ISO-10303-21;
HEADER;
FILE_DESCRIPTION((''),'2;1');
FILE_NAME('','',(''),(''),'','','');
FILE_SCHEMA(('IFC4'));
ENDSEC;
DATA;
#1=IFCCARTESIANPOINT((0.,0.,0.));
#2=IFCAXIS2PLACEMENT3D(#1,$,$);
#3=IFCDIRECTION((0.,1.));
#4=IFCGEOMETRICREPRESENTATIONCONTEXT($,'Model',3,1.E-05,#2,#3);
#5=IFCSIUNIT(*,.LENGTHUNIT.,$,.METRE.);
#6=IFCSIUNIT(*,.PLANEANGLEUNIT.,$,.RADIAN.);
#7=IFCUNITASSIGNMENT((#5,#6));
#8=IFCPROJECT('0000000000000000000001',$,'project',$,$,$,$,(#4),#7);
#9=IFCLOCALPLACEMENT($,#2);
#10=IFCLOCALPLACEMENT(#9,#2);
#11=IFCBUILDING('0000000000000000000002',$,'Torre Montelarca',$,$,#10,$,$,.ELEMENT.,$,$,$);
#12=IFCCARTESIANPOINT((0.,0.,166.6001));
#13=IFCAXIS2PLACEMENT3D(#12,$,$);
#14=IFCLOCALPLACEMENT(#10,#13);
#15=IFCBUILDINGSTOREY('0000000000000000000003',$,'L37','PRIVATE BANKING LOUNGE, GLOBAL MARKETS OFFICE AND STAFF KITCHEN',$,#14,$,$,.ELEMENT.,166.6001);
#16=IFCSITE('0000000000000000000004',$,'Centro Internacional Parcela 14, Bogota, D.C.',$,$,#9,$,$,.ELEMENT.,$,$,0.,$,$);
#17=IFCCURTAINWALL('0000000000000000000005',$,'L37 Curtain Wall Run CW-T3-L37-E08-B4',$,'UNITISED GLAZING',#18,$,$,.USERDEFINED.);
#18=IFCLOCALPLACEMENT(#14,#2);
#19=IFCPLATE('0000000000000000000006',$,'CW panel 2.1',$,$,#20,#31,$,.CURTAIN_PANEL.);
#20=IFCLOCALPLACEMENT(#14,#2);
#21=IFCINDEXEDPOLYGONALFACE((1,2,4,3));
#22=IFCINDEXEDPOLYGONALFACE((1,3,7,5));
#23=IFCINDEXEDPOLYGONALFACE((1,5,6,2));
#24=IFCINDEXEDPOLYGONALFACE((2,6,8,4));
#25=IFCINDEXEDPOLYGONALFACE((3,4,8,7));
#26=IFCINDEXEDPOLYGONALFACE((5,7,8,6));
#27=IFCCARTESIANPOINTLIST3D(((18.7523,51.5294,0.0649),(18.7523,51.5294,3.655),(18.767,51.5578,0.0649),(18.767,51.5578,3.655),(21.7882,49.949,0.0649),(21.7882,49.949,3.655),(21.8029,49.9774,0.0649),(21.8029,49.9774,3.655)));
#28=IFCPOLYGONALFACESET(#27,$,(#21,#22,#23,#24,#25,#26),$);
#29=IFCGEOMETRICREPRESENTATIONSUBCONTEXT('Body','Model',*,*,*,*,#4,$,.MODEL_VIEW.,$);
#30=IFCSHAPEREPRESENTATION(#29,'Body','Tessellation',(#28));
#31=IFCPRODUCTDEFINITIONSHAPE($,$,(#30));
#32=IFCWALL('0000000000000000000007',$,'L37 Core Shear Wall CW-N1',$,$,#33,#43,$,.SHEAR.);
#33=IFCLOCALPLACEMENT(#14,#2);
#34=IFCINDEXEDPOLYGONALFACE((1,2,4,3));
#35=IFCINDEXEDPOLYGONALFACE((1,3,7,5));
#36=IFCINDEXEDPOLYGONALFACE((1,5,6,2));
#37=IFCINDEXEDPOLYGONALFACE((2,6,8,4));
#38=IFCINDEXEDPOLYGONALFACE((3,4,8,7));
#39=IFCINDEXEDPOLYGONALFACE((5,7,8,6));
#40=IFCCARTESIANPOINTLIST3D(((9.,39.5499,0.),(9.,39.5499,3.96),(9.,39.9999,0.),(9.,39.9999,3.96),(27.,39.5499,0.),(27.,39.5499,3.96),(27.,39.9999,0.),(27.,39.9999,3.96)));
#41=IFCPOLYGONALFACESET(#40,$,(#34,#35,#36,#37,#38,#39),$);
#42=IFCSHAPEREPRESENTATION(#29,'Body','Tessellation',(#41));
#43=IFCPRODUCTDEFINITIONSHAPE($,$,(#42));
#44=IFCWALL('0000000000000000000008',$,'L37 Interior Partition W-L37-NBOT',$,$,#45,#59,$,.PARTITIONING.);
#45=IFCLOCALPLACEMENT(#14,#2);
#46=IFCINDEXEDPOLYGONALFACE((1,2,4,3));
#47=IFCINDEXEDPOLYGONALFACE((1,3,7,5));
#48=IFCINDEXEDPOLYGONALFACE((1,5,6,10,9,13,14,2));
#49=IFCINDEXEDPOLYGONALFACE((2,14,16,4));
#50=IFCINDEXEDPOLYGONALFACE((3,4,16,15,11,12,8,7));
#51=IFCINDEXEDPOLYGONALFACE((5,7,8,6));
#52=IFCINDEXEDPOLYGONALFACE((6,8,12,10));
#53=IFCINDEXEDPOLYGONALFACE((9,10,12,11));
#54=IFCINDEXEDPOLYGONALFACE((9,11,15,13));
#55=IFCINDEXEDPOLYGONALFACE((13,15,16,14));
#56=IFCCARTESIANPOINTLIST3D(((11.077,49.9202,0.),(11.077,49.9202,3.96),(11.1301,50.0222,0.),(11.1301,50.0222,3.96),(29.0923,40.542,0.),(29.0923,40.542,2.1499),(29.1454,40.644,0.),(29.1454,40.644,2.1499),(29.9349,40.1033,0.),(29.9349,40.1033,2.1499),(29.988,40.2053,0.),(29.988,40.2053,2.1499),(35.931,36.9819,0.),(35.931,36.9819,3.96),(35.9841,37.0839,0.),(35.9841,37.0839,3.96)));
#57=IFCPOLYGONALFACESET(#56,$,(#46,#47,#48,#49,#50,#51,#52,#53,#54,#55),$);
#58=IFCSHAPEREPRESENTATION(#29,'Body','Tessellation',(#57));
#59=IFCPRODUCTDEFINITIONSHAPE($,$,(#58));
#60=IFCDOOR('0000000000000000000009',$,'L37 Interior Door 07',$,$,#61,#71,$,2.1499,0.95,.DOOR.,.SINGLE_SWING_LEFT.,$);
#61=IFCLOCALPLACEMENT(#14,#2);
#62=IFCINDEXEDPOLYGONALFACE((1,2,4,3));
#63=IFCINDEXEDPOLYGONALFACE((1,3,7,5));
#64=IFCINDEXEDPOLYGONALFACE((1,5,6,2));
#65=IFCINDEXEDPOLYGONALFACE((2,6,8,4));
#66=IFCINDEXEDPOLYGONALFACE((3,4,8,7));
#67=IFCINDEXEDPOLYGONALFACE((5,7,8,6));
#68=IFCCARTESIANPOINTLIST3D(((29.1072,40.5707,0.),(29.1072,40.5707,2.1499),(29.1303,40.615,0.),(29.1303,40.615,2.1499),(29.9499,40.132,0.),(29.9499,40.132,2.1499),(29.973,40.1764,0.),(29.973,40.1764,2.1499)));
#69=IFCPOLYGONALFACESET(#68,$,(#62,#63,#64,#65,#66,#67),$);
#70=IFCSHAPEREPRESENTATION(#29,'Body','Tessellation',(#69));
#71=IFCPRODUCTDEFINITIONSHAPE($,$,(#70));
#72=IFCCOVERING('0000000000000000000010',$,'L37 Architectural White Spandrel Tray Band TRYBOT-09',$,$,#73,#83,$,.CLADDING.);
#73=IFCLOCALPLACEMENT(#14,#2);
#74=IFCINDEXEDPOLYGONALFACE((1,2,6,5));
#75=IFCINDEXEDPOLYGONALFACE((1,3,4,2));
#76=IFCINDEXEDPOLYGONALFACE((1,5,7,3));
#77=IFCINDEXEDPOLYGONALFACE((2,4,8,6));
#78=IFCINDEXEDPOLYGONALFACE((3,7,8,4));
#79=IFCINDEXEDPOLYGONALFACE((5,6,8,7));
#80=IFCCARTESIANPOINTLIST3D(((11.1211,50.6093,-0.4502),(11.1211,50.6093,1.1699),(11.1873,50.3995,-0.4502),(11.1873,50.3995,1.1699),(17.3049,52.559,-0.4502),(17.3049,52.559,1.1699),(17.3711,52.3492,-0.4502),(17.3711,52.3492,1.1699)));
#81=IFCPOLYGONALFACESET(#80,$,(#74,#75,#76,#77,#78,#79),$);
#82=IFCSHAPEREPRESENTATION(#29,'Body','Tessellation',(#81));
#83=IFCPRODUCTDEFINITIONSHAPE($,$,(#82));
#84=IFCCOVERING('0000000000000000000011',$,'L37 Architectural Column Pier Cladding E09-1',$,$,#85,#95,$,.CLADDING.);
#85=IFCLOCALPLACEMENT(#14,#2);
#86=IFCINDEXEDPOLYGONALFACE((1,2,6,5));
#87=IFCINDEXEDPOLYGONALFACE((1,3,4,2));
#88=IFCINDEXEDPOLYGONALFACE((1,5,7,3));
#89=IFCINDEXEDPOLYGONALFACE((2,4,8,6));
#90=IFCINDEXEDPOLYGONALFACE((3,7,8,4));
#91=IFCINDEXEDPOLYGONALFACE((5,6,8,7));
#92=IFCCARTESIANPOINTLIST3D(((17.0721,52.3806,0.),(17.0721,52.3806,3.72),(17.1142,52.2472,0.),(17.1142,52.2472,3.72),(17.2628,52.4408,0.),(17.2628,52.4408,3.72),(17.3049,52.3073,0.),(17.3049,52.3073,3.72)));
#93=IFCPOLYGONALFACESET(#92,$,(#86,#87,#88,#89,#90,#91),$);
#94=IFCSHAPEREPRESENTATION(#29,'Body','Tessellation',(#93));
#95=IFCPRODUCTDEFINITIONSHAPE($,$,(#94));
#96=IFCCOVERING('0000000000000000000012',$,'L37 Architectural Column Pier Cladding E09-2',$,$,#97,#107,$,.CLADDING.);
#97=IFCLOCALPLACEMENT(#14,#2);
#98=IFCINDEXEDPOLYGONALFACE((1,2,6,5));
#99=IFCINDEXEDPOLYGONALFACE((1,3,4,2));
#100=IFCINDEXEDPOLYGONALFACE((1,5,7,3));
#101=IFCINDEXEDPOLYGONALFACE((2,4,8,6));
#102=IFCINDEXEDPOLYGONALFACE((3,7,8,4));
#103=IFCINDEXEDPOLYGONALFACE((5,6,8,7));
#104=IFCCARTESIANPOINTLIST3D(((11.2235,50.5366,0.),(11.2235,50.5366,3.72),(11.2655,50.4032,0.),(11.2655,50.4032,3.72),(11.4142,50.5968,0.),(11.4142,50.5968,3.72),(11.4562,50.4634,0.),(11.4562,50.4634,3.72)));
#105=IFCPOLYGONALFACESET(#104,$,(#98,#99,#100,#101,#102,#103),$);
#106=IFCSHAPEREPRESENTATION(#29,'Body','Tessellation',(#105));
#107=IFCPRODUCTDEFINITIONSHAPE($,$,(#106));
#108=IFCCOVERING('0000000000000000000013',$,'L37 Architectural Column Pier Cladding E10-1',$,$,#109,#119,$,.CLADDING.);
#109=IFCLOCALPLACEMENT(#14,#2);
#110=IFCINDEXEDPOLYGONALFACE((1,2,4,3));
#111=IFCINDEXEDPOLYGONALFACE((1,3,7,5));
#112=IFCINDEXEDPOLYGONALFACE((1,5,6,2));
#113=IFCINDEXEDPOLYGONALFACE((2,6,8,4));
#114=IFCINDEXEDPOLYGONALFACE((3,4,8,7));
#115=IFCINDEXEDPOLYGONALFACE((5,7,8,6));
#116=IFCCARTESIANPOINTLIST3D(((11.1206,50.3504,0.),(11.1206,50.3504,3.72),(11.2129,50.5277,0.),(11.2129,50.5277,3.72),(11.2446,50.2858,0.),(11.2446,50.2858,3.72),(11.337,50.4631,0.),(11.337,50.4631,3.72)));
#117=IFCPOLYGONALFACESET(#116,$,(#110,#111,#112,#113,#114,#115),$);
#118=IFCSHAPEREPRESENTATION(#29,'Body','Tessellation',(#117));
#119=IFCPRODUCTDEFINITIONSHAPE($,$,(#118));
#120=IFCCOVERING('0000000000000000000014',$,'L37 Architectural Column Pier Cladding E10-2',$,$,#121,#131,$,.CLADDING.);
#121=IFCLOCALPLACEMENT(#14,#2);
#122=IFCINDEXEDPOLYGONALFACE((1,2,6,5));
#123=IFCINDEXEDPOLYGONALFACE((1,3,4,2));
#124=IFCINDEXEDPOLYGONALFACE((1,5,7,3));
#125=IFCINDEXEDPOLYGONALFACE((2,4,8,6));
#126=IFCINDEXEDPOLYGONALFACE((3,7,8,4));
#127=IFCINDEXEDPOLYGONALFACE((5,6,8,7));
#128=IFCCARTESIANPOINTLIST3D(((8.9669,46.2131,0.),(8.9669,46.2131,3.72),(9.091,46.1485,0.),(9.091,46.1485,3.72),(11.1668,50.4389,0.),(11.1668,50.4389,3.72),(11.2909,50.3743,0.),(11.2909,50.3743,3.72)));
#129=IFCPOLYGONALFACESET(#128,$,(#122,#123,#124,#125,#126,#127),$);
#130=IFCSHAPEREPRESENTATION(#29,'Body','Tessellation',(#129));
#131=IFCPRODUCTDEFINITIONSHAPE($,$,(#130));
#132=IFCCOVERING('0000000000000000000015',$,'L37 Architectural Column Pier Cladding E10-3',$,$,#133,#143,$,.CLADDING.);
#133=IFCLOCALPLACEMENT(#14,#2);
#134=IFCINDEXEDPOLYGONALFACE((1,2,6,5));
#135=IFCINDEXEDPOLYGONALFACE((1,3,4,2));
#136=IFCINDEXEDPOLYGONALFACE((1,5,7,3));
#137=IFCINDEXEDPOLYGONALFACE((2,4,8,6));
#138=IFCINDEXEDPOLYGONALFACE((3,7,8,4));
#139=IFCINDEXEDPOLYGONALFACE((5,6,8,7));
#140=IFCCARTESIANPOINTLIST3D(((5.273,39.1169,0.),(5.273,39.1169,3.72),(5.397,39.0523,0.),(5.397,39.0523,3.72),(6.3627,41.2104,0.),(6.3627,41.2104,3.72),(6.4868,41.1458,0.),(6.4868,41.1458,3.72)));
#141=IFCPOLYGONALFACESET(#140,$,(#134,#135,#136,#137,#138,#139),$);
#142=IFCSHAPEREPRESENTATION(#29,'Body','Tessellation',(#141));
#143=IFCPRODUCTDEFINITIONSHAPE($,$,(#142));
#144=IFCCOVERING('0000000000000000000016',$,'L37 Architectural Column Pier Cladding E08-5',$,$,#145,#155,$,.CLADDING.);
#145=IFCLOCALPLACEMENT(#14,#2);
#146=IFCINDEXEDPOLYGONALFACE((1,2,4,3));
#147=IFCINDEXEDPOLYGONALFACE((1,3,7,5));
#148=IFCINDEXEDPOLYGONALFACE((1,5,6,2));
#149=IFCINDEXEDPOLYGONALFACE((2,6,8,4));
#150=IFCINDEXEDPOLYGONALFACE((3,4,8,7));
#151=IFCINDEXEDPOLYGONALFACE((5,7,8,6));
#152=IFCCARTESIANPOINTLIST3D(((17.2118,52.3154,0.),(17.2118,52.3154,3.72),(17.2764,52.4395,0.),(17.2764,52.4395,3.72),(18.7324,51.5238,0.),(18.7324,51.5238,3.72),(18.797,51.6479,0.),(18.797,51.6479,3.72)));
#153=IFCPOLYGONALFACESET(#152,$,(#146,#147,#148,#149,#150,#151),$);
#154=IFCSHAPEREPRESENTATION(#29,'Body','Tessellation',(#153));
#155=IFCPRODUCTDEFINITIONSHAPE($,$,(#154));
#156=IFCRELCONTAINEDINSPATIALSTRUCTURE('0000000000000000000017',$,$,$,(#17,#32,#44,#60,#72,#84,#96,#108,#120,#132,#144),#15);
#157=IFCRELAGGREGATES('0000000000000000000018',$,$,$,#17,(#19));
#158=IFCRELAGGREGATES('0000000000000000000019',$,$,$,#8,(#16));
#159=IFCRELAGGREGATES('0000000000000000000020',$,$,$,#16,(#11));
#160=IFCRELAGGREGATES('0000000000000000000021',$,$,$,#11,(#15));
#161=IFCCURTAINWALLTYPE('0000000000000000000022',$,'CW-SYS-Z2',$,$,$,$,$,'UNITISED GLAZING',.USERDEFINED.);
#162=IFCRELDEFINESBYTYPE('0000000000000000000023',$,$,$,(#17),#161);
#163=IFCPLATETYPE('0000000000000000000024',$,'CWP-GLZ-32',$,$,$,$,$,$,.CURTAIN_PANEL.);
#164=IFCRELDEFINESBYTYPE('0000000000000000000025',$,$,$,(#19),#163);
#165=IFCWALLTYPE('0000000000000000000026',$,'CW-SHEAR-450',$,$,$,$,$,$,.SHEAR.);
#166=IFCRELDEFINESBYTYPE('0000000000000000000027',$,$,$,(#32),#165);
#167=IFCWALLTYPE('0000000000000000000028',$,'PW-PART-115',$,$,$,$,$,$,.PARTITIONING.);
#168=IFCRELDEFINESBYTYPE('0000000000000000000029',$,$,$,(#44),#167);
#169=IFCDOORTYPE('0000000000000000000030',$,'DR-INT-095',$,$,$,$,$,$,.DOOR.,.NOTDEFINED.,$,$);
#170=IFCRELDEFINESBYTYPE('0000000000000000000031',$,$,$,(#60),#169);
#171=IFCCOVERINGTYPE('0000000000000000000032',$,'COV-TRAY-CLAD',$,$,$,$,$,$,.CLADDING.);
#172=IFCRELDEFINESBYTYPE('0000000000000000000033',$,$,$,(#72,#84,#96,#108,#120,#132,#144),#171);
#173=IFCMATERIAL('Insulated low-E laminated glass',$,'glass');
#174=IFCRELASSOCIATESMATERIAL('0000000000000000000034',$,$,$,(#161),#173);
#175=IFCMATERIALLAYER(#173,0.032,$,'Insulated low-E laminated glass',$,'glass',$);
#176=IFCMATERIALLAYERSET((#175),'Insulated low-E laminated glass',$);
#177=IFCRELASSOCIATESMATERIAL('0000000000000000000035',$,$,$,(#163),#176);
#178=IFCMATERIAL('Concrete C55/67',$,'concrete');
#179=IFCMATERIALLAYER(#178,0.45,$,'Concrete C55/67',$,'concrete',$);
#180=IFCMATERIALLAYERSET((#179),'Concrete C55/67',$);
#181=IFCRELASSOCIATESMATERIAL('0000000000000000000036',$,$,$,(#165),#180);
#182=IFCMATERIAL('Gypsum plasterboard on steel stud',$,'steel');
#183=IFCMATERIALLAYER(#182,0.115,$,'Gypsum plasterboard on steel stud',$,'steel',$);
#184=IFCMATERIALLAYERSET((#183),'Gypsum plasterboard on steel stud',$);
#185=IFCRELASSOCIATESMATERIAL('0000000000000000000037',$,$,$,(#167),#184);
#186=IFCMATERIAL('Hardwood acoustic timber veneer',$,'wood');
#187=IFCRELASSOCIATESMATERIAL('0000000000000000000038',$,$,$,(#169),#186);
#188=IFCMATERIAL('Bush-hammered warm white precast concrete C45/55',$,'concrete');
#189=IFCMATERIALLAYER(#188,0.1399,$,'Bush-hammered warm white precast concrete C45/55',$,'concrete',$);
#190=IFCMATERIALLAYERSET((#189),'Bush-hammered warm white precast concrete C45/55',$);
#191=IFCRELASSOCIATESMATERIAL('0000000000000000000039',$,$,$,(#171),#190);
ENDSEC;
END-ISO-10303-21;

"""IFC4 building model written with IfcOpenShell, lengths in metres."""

from ifc_helpers import new_model, si_unit, direction, frame, frame_2d, origin, origin_2d, place, context, subcontext, project, spatial, rectangle, extrude, source, transform, mapped, material, layer, layer_set, type_object, element, fill, aggregate, save


model = new_model("IFC4")

# Units and contexts
model_context = context("Model", 3, precision=1e-05, world=origin(), true_north=direction((0.0, 1.0)))
body_context = subcontext(model_context, "Body", "Model", "MODEL_VIEW")
ifc_project = project(units=[si_unit("LENGTHUNIT", "METRE"), si_unit("PLANEANGLEUNIT", "RADIAN")], contexts=[model_context])

# Site, building, storey
site_placement = place(None, origin())
site = spatial("IfcSite", under=ifc_project, at=site_placement, Name="Centro Internacional Parcela 14, Bogota, D.C.", CompositionType="ELEMENT", RefElevation=0.0)
building_placement = place(site_placement, origin())
building = spatial("IfcBuilding", under=site, at=building_placement, Name="Torre Montelarca", CompositionType="ELEMENT")
storey_placement = place(building_placement, frame((0.0, 0.0, 166.6001)))
storey = spatial("IfcBuildingStorey", under=building, at=storey_placement, Name="L37", Description="PRIVATE BANKING LOUNGE, GLOBAL MARKETS OFFICE AND STAFF KITCHEN", CompositionType="ELEMENT", Elevation=166.6001)

# Shared definitions
ifc_material_1 = material(Name="Concrete C55/67", Category="concrete")

# Shared definitions
ifc_material_2 = material(Name="Insulated low-E laminated glass", Category="glass")
curtain_wall_type = type_object("IfcCurtainWallType", Name="CW-SYS-Z2", ElementType="UNITISED GLAZING", PredefinedType="USERDEFINED", material=ifc_material_2)

# Curtain wall
curtain_wall_1_placement = place(storey_placement, origin())
curtain_wall_1 = element("IfcCurtainWall", 1, at=curtain_wall_1_placement, inside=storey, type_object=curtain_wall_type, Name="L37 Curtain Wall Run CW-T3-L37-E08-B4", ObjectType="UNITISED GLAZING", PredefinedType="USERDEFINED")

# Plate
ifc_layer_1 = layer(ifc_material_2, 0.032, Name="Insulated low-E laminated glass", Category="glass")
ifc_layer_set_1 = layer_set([ifc_layer_1], Name="Insulated low-E laminated glass")
plate_type = type_object("IfcPlateType", Name="CWP-GLZ-32", PredefinedType="CURTAIN_PANEL", material=ifc_layer_set_1)
shared_shape_1 = source(origin(), body_context, "Body", "SweptSolid", [
    extrude(rectangle(XDim=3.4226, YDim=0.032, at=origin_2d()), origin(), (0.0, 0.0, 1.0), 3.5901),
])
plate_1_placement = place(storey_placement, frame((20.2776, 50.7534, 0.0649), z_axis=(0.0, 0.0, 1.0), x_axis=(-0.887013, 0.461745, 0.0)))
plate_1 = element("IfcPlate", 2, at=plate_1_placement, type_object=plate_type, Name="CW panel 2.1", PredefinedType="CURTAIN_PANEL", context=body_context, shape_type="MappedRepresentation", body=[
    mapped(shared_shape_1, transform((0.0, 0.0, 0.0), scale=1.0)),
])
aggregate(curtain_wall_1, [plate_1])

# Wall
ifc_layer_2 = layer(ifc_material_1, 0.45, Name="Concrete C55/67", Category="concrete")
ifc_layer_set_2 = layer_set([ifc_layer_2], Name="Concrete C55/67")
wall_type_1 = type_object("IfcWallType", Name="CW-SHEAR-450", PredefinedType="SHEAR", material=ifc_layer_set_2)
wall_1_placement = place(storey_placement, frame((9.0, 39.7749, 0.0), z_axis=(0.0, 0.0, 1.0), x_axis=(1.0, 0.0, 0.0)))
element("IfcWall", 3, at=wall_1_placement, inside=storey, type_object=wall_type_1, Name="L37 Core Shear Wall CW-N1", PredefinedType="SHEAR", context=body_context, shape_type="SweptSolid", body=[
    extrude(rectangle(XDim=18.0, YDim=0.45, at=frame_2d((9.0, 0.0))), origin(), (0.0, 0.0, 1.0), 3.96),
])

# Wall, opening, door
ifc_material_3 = material(Name="Gypsum plasterboard on steel stud", Category="steel")
ifc_layer_3 = layer(ifc_material_3, 0.115, Name="Gypsum plasterboard on steel stud", Category="steel")
ifc_layer_set_3 = layer_set([ifc_layer_3], Name="Gypsum plasterboard on steel stud")
wall_type_2 = type_object("IfcWallType", Name="PW-PART-115", PredefinedType="PARTITIONING", material=ifc_layer_set_3)
wall_2_placement = place(storey_placement, frame((11.1035, 49.9712, 0.0), z_axis=(0.0, 0.0, 1.0), x_axis=(0.88701, -0.46175, 0.0)))
wall_2 = element("IfcWall", 4, at=wall_2_placement, inside=storey, type_object=wall_type_2, Name="L37 Interior Partition W-L37-NBOT", PredefinedType="PARTITIONING", context=body_context, shape_type="SweptSolid", body=[
    extrude(rectangle(XDim=28.02, YDim=0.115, at=frame_2d((14.01, 0.0))), origin(), (0.0, 0.0, 1.0), 3.96),
])
opening_placement = place(wall_2_placement, frame((20.3101, 0.0, 0.0)))
opening = element("IfcOpeningElement", 5, at=opening_placement, cuts=wall_2, PredefinedType="OPENING", context=body_context, shape_type="SweptSolid", body=[
    extrude(rectangle(XDim=0.95, YDim=2.1499, at=frame_2d((0.4751, 1.075))), frame((0.0, 0.0674, 0.0), z_axis=(0.0, -1.0, 0.0), x_axis=(1.0, 0.0, 0.0)), (0.0, 0.0, 1.0), 0.135),
])
ifc_material_4 = material(Name="Hardwood acoustic timber veneer", Category="wood")
door_type = type_object("IfcDoorType", Name="DR-INT-095", OperationType="NOTDEFINED", PredefinedType="DOOR", material=ifc_material_4)
shared_shape_2 = source(origin(), body_context, "Body", "SweptSolid", [
    extrude(rectangle(XDim=0.95, YDim=2.1499, at=frame_2d((0.4751, 1.075))), frame((0.0, 0.0249, 0.0), z_axis=(0.0, -1.0, 0.0), x_axis=(1.0, 0.0, 0.0)), (0.0, 0.0, 1.0), 0.05),
])
door_placement = place(opening_placement, origin())
door = element("IfcDoor", 6, at=door_placement, inside=storey, type_object=door_type, Name="L37 Interior Door 07", OperationType="SINGLE_SWING_LEFT", OverallHeight=2.1499, OverallWidth=0.95, PredefinedType="DOOR", context=body_context, shape_type="MappedRepresentation", body=[
    mapped(shared_shape_2, transform((0.0, 0.0, 0.0), scale=1.0)),
])
fill(opening, door)

# Coverings
ifc_material_5 = material(Name="Bush-hammered warm white precast concrete C45/55", Category="concrete")
ifc_layer_4 = layer(ifc_material_5, 0.1399, Name="Bush-hammered warm white precast concrete C45/55", Category="concrete")
ifc_layer_set_4 = layer_set([ifc_layer_4], Name="Bush-hammered warm white precast concrete C45/55")
covering_type = type_object("IfcCoveringType", Name="COV-TRAY-CLAD", PredefinedType="CLADDING", material=ifc_layer_set_4)
shared_shape_3 = source(origin(), body_context, "Body", "SweptSolid", [
    extrude(rectangle(XDim=6.4839, YDim=0.22, at=origin_2d()), origin(), (0.0, 0.0, 1.0), 1.6201),
])
covering_1_placement = place(storey_placement, frame((14.2461, 51.4792, -0.4502), z_axis=(0.0, 0.0, 1.0), x_axis=(-0.953716, -0.300709, 0.0)))
element("IfcCovering", 7, at=covering_1_placement, inside=storey, type_object=covering_type, Name="L37 Architectural White Spandrel Tray Band TRYBOT-09", PredefinedType="CLADDING", context=body_context, shape_type="MappedRepresentation", body=[
    mapped(shared_shape_3, transform((0.0, 0.0, 0.0), scale=1.0)),
])
shared_shape_4 = source(origin(), body_context, "Body", "SweptSolid", [
    extrude(rectangle(XDim=0.2, YDim=0.1399, at=origin_2d()), origin(), (0.0, 0.0, 1.0), 3.72),
])
for number, where, z_axis, x_axis, name in (
    (8, (17.1885, 52.344, 0.0), (0.0, 0.0, 1.0), (-0.953717, -0.300706, 0.0), "L37 Architectural Column Pier Cladding E09-1"),
    (9, (11.3398, 50.5, 0.0), (0.0, 0.0, 1.0), (-0.953717, -0.300706, 0.0), "L37 Architectural Column Pier Cladding E09-2"),
    (10, (11.2288, 50.4067, 0.0), (0.0, 0.0, 1.0), (-0.461746, -0.887012, 0.0), "L37 Architectural Column Pier Cladding E10-1"),
):
    element("IfcCovering", number, at=place(storey_placement, frame(where, z_axis=z_axis, x_axis=x_axis)), inside=storey, type_object=covering_type, Name=name, PredefinedType="CLADDING", context=body_context, shape_type="MappedRepresentation", body=[
        mapped(shared_shape_4, transform((0.0, 0.0, 0.0), scale=1.0)),
    ])
shared_shape_5 = source(origin(), body_context, "Body", "SweptSolid", [
    extrude(rectangle(XDim=4.7642, YDim=0.1399, at=origin_2d()), origin(), (0.0, 0.0, 1.0), 3.72),
])
covering_2_placement = place(storey_placement, frame((10.1289, 48.2937, 0.0), z_axis=(0.0, 0.0, 1.0), x_axis=(-0.461746, -0.887012, 0.0)))
element("IfcCovering", 11, at=covering_2_placement, inside=storey, type_object=covering_type, Name="L37 Architectural Column Pier Cladding E10-2", PredefinedType="CLADDING", context=body_context, shape_type="MappedRepresentation", body=[
    mapped(shared_shape_5, transform((0.0, 0.0, 0.0), scale=1.0)),
])
shared_shape_6 = source(origin(), body_context, "Body", "SweptSolid", [
    extrude(rectangle(XDim=2.3601, YDim=0.1399, at=origin_2d()), origin(), (0.0, 0.0, 1.0), 3.72),
])
covering_3_placement = place(storey_placement, frame((5.8799, 40.1313, 0.0), z_axis=(0.0, 0.0, 1.0), x_axis=(-0.461746, -0.887012, 0.0)))
element("IfcCovering", 12, at=covering_3_placement, inside=storey, type_object=covering_type, Name="L37 Architectural Column Pier Cladding E10-3", PredefinedType="CLADDING", context=body_context, shape_type="MappedRepresentation", body=[
    mapped(shared_shape_6, transform((0.0, 0.0, 0.0), scale=1.0)),
])
shared_shape_7 = source(origin(), body_context, "Body", "SweptSolid", [
    extrude(rectangle(XDim=1.7144, YDim=0.1399, at=origin_2d()), origin(), (0.0, 0.0, 1.0), 3.72),
])
covering_4_placement = place(storey_placement, frame((18.0044, 51.9817, 0.0), z_axis=(0.0, 0.0, 1.0), x_axis=(-0.887011, 0.461749, 0.0)))
element("IfcCovering", 13, at=covering_4_placement, inside=storey, type_object=covering_type, Name="L37 Architectural Column Pier Cladding E08-5", PredefinedType="CLADDING", context=body_context, shape_type="MappedRepresentation", body=[
    mapped(shared_shape_7, transform((0.0, 0.0, 0.0), scale=1.0)),
])

save(model, "model.ifc")
